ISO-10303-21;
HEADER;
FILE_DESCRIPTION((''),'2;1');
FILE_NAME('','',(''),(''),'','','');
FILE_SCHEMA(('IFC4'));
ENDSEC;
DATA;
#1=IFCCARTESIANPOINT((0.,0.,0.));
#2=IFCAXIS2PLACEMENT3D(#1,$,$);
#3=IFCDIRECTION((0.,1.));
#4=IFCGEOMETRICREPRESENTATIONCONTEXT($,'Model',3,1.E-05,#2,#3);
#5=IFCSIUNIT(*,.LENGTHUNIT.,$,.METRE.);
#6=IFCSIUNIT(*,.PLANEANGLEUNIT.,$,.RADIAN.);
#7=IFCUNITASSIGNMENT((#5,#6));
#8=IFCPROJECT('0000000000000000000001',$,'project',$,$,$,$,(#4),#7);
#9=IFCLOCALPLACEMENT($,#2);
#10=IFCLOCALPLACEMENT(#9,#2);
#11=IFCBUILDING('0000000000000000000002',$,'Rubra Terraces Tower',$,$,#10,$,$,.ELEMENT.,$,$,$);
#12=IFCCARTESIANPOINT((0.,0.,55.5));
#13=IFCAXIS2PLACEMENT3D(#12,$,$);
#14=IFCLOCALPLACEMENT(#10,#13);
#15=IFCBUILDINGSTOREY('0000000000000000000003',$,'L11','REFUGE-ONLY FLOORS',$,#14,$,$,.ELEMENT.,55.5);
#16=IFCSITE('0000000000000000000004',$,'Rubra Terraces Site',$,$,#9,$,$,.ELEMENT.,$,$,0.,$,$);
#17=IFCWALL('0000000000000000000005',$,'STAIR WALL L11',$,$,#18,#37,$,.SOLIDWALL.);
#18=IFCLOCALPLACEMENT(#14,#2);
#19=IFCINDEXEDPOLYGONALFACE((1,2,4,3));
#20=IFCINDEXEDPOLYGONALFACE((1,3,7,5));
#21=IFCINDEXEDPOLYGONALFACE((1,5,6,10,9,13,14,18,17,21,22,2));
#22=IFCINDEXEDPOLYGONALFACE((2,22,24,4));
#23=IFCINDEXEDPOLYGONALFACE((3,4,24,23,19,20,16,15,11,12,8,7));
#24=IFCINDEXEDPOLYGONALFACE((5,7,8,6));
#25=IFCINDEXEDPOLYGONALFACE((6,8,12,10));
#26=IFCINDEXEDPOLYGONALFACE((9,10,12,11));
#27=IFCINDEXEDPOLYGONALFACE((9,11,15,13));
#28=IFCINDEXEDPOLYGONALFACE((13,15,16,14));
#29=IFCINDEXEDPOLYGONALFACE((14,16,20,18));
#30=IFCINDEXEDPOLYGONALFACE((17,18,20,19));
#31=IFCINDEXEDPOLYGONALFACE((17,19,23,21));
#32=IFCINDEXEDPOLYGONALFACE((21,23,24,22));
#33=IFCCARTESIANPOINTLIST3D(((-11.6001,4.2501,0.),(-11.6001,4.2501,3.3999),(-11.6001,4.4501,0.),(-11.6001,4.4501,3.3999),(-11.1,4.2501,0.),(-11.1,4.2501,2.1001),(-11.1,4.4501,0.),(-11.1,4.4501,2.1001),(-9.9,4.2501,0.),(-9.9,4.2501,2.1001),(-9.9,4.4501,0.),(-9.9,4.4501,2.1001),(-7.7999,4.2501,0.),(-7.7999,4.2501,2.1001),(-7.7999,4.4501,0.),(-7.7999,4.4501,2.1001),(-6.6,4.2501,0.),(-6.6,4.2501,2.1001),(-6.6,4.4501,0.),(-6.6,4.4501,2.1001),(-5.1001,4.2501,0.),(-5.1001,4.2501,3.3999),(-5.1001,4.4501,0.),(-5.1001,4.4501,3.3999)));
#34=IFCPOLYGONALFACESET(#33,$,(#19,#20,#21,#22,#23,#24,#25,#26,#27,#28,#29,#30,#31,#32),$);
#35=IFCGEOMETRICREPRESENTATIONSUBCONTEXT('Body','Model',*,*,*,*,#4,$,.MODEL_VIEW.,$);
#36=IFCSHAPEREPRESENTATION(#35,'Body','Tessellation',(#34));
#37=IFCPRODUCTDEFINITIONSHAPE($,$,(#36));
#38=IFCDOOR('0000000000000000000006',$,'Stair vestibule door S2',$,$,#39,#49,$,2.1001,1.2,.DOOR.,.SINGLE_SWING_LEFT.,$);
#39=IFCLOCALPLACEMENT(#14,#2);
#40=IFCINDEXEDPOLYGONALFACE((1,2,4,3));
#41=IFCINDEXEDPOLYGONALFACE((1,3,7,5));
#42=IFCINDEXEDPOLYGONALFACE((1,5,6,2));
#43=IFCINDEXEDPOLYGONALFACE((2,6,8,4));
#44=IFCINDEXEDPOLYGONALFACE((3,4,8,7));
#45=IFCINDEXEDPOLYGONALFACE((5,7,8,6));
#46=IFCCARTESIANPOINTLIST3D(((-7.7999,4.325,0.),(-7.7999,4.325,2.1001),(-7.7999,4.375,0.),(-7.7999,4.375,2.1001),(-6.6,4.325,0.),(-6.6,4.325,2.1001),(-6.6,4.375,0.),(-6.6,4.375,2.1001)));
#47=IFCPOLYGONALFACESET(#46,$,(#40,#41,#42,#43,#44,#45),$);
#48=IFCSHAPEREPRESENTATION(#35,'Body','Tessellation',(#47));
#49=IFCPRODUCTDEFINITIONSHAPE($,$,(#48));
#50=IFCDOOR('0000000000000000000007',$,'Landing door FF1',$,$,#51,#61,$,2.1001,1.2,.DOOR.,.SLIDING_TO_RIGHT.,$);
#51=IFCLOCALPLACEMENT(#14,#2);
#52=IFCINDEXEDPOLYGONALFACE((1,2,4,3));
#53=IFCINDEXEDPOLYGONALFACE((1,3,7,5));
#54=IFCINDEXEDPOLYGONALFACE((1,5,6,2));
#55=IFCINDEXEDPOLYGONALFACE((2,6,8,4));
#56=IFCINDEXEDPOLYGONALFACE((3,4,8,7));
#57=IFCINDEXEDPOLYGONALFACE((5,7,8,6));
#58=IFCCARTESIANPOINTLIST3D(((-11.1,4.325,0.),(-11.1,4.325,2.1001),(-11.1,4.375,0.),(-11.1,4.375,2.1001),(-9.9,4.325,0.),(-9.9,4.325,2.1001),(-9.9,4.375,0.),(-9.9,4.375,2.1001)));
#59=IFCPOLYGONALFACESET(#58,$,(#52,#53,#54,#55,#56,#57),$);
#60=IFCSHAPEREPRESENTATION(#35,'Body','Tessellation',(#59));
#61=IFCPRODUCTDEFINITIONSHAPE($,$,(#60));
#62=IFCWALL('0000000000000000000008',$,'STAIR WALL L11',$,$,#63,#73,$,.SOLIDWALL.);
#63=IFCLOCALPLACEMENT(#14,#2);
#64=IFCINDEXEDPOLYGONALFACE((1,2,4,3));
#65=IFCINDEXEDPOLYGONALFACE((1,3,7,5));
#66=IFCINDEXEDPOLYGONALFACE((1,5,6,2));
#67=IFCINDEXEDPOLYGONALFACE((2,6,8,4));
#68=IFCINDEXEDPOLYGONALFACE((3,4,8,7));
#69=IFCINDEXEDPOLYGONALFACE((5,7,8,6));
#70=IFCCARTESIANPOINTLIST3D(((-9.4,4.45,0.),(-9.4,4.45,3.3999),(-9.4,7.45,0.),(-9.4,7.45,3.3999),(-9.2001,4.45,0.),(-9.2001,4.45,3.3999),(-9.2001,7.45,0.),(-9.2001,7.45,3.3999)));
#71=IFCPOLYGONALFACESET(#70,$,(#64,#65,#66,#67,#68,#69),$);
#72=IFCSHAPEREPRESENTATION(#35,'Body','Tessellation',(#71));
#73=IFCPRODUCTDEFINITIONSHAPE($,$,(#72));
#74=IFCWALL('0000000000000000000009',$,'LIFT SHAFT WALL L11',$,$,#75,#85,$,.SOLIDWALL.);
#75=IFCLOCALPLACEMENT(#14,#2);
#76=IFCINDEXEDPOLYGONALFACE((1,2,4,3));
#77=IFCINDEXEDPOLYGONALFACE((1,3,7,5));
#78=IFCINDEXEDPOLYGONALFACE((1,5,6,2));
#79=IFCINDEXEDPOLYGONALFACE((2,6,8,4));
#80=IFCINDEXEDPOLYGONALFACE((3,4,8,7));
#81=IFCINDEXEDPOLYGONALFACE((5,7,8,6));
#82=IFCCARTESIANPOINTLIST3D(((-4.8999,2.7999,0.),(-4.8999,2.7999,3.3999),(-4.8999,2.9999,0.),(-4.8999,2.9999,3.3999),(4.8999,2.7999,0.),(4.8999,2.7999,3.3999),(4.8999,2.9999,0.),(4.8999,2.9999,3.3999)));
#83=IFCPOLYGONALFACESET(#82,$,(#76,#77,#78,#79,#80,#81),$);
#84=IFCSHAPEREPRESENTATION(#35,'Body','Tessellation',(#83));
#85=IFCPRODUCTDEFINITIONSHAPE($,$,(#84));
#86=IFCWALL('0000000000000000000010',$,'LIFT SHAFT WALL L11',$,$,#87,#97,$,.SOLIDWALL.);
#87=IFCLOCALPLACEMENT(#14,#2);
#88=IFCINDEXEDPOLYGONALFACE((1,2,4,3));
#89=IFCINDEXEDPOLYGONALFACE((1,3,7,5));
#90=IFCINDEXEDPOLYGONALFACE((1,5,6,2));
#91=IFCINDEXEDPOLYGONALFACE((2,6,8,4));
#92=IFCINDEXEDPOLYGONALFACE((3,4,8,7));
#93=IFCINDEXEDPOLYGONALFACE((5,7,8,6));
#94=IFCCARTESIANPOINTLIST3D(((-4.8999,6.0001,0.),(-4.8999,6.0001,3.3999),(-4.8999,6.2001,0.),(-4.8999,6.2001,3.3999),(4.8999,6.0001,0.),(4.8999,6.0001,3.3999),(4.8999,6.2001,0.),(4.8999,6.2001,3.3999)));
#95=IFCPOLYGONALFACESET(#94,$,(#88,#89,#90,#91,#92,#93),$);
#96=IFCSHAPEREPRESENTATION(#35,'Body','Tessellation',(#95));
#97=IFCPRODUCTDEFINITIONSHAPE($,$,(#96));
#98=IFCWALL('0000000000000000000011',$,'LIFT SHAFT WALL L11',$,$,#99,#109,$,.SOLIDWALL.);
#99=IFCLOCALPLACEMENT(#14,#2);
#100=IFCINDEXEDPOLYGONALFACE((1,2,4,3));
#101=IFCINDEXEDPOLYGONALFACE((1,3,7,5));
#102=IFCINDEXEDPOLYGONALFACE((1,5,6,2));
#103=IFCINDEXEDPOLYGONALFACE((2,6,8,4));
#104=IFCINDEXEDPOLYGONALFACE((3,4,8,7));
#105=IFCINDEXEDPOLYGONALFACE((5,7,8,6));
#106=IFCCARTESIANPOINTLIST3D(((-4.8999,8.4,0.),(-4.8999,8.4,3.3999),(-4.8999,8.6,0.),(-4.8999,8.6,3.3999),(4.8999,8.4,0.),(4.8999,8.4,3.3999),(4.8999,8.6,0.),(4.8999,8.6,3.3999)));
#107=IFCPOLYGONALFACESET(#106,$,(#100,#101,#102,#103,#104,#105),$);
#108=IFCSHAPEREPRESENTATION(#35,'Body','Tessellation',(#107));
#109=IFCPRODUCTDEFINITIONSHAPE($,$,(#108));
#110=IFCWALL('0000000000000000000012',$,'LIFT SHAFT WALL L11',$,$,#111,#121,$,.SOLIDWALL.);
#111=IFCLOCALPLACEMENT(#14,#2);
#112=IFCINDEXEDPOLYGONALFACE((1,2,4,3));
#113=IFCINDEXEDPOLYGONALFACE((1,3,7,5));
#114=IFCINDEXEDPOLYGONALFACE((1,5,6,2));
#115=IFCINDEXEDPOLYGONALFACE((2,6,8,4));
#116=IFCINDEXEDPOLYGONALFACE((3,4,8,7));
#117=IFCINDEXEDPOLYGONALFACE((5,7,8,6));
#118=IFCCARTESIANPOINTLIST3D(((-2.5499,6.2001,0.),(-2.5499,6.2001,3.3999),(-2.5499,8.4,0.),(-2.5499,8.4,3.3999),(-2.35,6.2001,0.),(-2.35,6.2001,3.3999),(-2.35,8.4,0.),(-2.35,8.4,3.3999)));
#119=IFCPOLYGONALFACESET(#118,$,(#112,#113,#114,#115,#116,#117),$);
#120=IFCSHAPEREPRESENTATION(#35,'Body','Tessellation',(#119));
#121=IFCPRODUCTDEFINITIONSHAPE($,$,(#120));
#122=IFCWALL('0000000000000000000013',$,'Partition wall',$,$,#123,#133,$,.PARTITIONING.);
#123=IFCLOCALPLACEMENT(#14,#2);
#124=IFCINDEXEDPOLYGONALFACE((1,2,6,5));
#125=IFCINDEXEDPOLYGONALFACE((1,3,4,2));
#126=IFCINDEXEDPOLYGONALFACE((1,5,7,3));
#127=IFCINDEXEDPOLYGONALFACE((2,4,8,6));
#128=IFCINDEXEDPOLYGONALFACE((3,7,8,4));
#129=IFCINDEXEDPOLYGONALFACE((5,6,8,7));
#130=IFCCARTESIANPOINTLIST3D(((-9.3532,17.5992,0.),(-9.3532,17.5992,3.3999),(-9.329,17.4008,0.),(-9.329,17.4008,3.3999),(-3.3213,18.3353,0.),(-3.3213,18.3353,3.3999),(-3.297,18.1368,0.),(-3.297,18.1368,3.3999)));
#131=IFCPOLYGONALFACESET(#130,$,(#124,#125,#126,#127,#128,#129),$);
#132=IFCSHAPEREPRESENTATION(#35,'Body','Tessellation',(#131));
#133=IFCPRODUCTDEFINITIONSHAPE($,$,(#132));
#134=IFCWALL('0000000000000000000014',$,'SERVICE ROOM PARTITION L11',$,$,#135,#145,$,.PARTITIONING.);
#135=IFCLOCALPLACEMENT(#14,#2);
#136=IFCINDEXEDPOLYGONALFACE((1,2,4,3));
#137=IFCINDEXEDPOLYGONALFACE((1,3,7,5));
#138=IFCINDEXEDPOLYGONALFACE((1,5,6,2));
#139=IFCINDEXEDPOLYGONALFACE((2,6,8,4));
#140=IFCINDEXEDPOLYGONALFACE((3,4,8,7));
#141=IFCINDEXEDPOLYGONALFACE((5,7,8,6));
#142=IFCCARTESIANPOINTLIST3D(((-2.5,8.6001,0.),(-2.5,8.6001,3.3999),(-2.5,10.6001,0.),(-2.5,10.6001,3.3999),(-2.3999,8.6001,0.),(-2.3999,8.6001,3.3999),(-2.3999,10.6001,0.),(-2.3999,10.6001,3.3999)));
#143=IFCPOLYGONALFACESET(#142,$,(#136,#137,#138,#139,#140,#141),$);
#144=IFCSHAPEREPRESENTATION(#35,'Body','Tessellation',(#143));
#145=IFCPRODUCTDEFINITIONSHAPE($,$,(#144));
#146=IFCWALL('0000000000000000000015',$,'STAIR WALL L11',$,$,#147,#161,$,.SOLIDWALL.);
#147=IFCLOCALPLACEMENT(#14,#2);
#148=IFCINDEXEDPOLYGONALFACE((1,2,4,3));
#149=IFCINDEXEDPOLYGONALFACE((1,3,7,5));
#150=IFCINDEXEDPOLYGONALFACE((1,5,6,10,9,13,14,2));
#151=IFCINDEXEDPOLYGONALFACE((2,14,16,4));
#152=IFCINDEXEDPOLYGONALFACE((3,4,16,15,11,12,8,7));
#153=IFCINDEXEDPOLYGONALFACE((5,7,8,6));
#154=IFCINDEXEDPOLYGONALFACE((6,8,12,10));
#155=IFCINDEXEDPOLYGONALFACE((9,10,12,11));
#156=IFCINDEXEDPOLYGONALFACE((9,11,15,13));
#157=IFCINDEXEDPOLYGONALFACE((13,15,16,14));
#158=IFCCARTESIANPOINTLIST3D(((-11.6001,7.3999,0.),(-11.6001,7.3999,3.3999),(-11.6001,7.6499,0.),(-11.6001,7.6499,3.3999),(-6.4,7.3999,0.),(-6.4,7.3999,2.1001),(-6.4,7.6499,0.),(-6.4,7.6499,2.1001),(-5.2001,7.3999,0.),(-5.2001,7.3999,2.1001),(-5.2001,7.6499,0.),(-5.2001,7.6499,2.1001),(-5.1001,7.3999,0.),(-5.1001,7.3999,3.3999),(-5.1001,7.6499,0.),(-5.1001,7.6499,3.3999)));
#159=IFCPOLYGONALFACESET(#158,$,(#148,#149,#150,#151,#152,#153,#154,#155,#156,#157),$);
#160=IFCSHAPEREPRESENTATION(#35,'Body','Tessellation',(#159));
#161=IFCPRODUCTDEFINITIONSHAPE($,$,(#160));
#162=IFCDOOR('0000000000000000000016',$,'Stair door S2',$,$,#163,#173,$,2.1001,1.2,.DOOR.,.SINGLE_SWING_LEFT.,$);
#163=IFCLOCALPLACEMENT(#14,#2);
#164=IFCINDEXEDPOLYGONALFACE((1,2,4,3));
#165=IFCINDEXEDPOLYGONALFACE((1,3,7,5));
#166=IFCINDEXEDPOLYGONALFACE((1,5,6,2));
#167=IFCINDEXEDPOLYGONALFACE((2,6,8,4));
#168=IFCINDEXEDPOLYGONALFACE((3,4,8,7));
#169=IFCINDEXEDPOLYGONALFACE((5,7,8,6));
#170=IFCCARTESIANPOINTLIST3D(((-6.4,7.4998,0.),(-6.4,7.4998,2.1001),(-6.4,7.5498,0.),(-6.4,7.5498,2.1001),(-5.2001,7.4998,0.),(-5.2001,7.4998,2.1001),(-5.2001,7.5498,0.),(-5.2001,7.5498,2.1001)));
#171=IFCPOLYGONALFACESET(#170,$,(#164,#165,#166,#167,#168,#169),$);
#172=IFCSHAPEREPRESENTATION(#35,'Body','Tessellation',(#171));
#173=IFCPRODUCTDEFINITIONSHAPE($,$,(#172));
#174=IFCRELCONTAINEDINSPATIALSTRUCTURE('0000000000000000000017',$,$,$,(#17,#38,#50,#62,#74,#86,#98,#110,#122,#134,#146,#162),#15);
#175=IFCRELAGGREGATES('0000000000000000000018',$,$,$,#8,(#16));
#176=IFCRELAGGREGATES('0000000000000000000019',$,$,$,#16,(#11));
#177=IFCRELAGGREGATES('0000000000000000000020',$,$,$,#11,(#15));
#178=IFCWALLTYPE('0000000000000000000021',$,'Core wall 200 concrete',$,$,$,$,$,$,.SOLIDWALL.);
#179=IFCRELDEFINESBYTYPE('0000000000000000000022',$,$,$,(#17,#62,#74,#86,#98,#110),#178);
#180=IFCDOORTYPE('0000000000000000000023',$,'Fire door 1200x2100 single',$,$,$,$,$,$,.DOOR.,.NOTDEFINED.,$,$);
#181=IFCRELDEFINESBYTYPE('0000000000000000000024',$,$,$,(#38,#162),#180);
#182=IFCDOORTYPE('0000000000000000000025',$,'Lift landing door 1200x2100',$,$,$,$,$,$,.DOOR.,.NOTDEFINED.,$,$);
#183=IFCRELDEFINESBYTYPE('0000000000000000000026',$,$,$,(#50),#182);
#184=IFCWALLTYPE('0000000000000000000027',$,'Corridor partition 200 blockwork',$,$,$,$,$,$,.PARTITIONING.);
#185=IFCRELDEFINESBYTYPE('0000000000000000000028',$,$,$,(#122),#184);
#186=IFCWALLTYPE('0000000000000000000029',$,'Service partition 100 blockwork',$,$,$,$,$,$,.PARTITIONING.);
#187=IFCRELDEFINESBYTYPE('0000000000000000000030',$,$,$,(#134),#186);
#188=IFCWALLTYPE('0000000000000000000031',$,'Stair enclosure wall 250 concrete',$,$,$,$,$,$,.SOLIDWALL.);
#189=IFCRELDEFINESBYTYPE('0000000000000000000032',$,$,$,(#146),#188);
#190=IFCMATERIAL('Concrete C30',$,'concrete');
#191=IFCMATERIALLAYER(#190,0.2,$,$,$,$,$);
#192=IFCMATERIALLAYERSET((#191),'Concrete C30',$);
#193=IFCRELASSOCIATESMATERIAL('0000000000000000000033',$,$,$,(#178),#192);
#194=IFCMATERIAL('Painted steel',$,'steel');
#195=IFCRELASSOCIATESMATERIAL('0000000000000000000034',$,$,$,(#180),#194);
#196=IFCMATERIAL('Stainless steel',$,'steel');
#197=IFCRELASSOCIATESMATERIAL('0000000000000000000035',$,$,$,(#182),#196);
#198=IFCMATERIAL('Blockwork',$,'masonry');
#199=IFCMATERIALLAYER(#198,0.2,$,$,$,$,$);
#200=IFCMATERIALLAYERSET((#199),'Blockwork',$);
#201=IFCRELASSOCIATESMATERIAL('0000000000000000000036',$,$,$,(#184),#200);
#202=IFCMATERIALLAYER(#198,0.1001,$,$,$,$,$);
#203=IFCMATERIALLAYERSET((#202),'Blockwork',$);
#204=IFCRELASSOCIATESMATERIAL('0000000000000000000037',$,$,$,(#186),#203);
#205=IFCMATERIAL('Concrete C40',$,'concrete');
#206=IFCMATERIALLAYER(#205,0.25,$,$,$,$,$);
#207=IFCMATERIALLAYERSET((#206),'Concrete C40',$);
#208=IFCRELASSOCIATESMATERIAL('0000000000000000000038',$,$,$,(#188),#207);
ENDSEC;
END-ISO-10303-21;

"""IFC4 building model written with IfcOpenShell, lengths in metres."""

from ifc_helpers import new_model, si_unit, direction, frame, frame_2d, origin, place, context, subcontext, project, spatial, rectangle, extrude, material, layer, layer_set, type_object, element, fill, save


model = new_model("IFC4")

# Units and contexts
model_context = context("Model", 3, precision=1e-05, world=origin(), true_north=direction((0.0, 1.0)))
body_context = subcontext(model_context, "Body", "Model", "MODEL_VIEW")
ifc_project = project(units=[si_unit("LENGTHUNIT", "METRE"), si_unit("PLANEANGLEUNIT", "RADIAN")], contexts=[model_context])

# Site, building, storey
site_placement = place(None, origin())
site = spatial("IfcSite", under=ifc_project, at=site_placement, Name="Rubra Terraces Site", CompositionType="ELEMENT", RefElevation=0.0)
building_placement = place(site_placement, origin())
building = spatial("IfcBuilding", under=site, at=building_placement, Name="Rubra Terraces Tower", CompositionType="ELEMENT")
storey_placement = place(building_placement, frame((0.0, 0.0, 55.5)))
storey = spatial("IfcBuildingStorey", under=building, at=storey_placement, Name="L11", Description="REFUGE-ONLY FLOORS", CompositionType="ELEMENT", Elevation=55.5)

# Wall, openings, doors
ifc_material_1 = material(Name="Concrete C30", Category="concrete")
ifc_layer_1 = layer(ifc_material_1, 0.2)
ifc_layer_set_1 = layer_set([ifc_layer_1], Name="Concrete C30")
wall_type_1 = type_object("IfcWallType", Name="Core wall 200 concrete", PredefinedType="SOLIDWALL", material=ifc_layer_set_1)
wall_1_placement = place(storey_placement, frame((-11.6001, 4.3501, 0.0), z_axis=(0.0, 0.0, 1.0), x_axis=(1.0, 0.0, 0.0)))
wall_1 = element("IfcWall", 1, at=wall_1_placement, inside=storey, type_object=wall_type_1, Name="STAIR WALL L11", PredefinedType="SOLIDWALL", context=body_context, shape_type="SweptSolid", body=[
    extrude(rectangle(XDim=6.5, YDim=0.2, at=frame_2d((3.25, 0.0))), origin(), (0.0, 0.0, 1.0), 3.3999),
])
opening_1_placement = place(wall_1_placement, frame((3.8, 0.0, 0.0)))
opening_1 = element("IfcOpeningElement", 2, at=opening_1_placement, cuts=wall_1, PredefinedType="OPENING", context=body_context, shape_type="SweptSolid", body=[
    extrude(rectangle(XDim=1.2, YDim=2.1001, at=frame_2d((0.6001, 1.05))), frame((0.0, 0.1099, 0.0), z_axis=(0.0, -1.0, 0.0), x_axis=(1.0, 0.0, 0.0)), (0.0, 0.0, 1.0), 0.22),
])
opening_2_placement = place(wall_1_placement, frame((0.5, 0.0, 0.0)))
opening_2 = element("IfcOpeningElement", 3, at=opening_2_placement, cuts=wall_1, PredefinedType="OPENING", context=body_context, shape_type="SweptSolid", body=[
    extrude(rectangle(XDim=1.2, YDim=2.1001, at=frame_2d((0.6001, 1.05))), frame((0.0, 0.1099, 0.0), z_axis=(0.0, -1.0, 0.0), x_axis=(1.0, 0.0, 0.0)), (0.0, 0.0, 1.0), 0.22),
])
ifc_material_2 = material(Name="Painted steel", Category="steel")
door_type_1 = type_object("IfcDoorType", Name="Fire door 1200x2100 single", OperationType="NOTDEFINED", PredefinedType="DOOR", material=ifc_material_2)
door_1_placement = place(opening_1_placement, origin())
door_1 = element("IfcDoor", 4, at=door_1_placement, inside=storey, type_object=door_type_1, Name="Stair vestibule door S2", OperationType="SINGLE_SWING_LEFT", OverallHeight=2.1001, OverallWidth=1.2, PredefinedType="DOOR", context=body_context, shape_type="SweptSolid", body=[
    extrude(rectangle(XDim=1.2, YDim=2.1001, at=frame_2d((0.6001, 1.05))), frame((0.0, 0.0249, 0.0), z_axis=(0.0, -1.0, 0.0), x_axis=(1.0, 0.0, 0.0)), (0.0, 0.0, 1.0), 0.05),
])
fill(opening_1, door_1)
ifc_material_3 = material(Name="Stainless steel", Category="steel")
door_type_2 = type_object("IfcDoorType", Name="Lift landing door 1200x2100", OperationType="NOTDEFINED", PredefinedType="DOOR", material=ifc_material_3)
door_2_placement = place(opening_2_placement, origin())
door_2 = element("IfcDoor", 5, at=door_2_placement, inside=storey, type_object=door_type_2, Name="Landing door FF1", OperationType="SLIDING_TO_RIGHT", OverallHeight=2.1001, OverallWidth=1.2, PredefinedType="DOOR", context=body_context, shape_type="SweptSolid", body=[
    extrude(rectangle(XDim=1.2, YDim=2.1001, at=frame_2d((0.6001, 1.05))), frame((0.0, 0.0249, 0.0), z_axis=(0.0, -1.0, 0.0), x_axis=(1.0, 0.0, 0.0)), (0.0, 0.0, 1.0), 0.05),
])
fill(opening_2, door_2)

# Walls
wall_2_placement = place(storey_placement, frame((-9.3, 4.45, 0.0), z_axis=(0.0, 0.0, 1.0), x_axis=(0.0, 1.0, 0.0)))
element("IfcWall", 6, at=wall_2_placement, inside=storey, type_object=wall_type_1, Name="STAIR WALL L11", PredefinedType="SOLIDWALL", context=body_context, shape_type="SweptSolid", body=[
    extrude(rectangle(XDim=3.0, YDim=0.2, at=frame_2d((1.5, 0.0))), origin(), (0.0, 0.0, 1.0), 3.3999),
])
for number, where, z_axis, x_axis, name in (
    (7, (-4.8999, 2.8999, 0.0), (0.0, 0.0, 1.0), (1.0, 0.0, 0.0), "LIFT SHAFT WALL L11"),
    (8, (-4.8999, 6.1001, 0.0), (0.0, 0.0, 1.0), (1.0, 0.0, 0.0), "LIFT SHAFT WALL L11"),
    (9, (-4.8999, 8.5, 0.0), (0.0, 0.0, 1.0), (1.0, 0.0, 0.0), "LIFT SHAFT WALL L11"),
):
    element("IfcWall", number, at=place(storey_placement, frame(where, z_axis=z_axis, x_axis=x_axis)), inside=storey, type_object=wall_type_1, Name=name, PredefinedType="SOLIDWALL", context=body_context, shape_type="SweptSolid", body=[
        extrude(rectangle(XDim=9.7998, YDim=0.2, at=frame_2d((4.8999, 0.0))), origin(), (0.0, 0.0, 1.0), 3.3999),
    ])
wall_3_placement = place(storey_placement, frame((-2.45, 6.2, 0.0), z_axis=(0.0, 0.0, 1.0), x_axis=(0.0, 1.0, 0.0)))
element("IfcWall", 10, at=wall_3_placement, inside=storey, type_object=wall_type_1, Name="LIFT SHAFT WALL L11", PredefinedType="SOLIDWALL", context=body_context, shape_type="SweptSolid", body=[
    extrude(rectangle(XDim=2.2, YDim=0.2, at=frame_2d((1.1001, 0.0))), origin(), (0.0, 0.0, 1.0), 3.3999),
])
ifc_material_4 = material(Name="Blockwork", Category="masonry")
ifc_layer_2 = layer(ifc_material_4, 0.2)
ifc_layer_set_2 = layer_set([ifc_layer_2], Name="Blockwork")
wall_type_2 = type_object("IfcWallType", Name="Corridor partition 200 blockwork", PredefinedType="PARTITIONING", material=ifc_layer_set_2)
wall_4_placement = place(storey_placement, frame((-9.3411, 17.5, 0.0), z_axis=(0.0, 0.0, 1.0), x_axis=(0.992636, 0.121132, 0.0)))
element("IfcWall", 11, at=wall_4_placement, inside=storey, type_object=wall_type_2, Name="Partition wall", PredefinedType="PARTITIONING", context=body_context, shape_type="SweptSolid", body=[
    extrude(rectangle(XDim=6.0767, YDim=0.2, at=frame_2d((3.0383, 0.0))), origin(), (0.0, 0.0, 1.0), 3.3999),
])
ifc_layer_3 = layer(ifc_material_4, 0.1001)
ifc_layer_set_3 = layer_set([ifc_layer_3], Name="Blockwork")
wall_type_3 = type_object("IfcWallType", Name="Service partition 100 blockwork", PredefinedType="PARTITIONING", material=ifc_layer_set_3)
wall_5_placement = place(storey_placement, frame((-2.45, 8.6001, 0.0), z_axis=(0.0, 0.0, 1.0), x_axis=(0.0, 1.0, 0.0)))
element("IfcWall", 12, at=wall_5_placement, inside=storey, type_object=wall_type_3, Name="SERVICE ROOM PARTITION L11", PredefinedType="PARTITIONING", context=body_context, shape_type="SweptSolid", body=[
    extrude(rectangle(XDim=2.0, YDim=0.1001, at=frame_2d((1.0, 0.0))), origin(), (0.0, 0.0, 1.0), 3.3999),
])

# Wall, opening, door
ifc_material_5 = material(Name="Concrete C40", Category="concrete")
ifc_layer_4 = layer(ifc_material_5, 0.25)
ifc_layer_set_4 = layer_set([ifc_layer_4], Name="Concrete C40")
wall_type_4 = type_object("IfcWallType", Name="Stair enclosure wall 250 concrete", PredefinedType="SOLIDWALL", material=ifc_layer_set_4)
wall_6_placement = place(storey_placement, frame((-11.6001, 7.5249, 0.0), z_axis=(0.0, 0.0, 1.0), x_axis=(1.0, 0.0, 0.0)))
wall_6 = element("IfcWall", 13, at=wall_6_placement, inside=storey, type_object=wall_type_4, Name="STAIR WALL L11", PredefinedType="SOLIDWALL", context=body_context, shape_type="SweptSolid", body=[
    extrude(rectangle(XDim=6.5, YDim=0.25, at=frame_2d((3.25, 0.0))), origin(), (0.0, 0.0, 1.0), 3.3999),
])
opening_3_placement = place(wall_6_placement, frame((5.2, 0.0, 0.0)))
opening_3 = element("IfcOpeningElement", 14, at=opening_3_placement, cuts=wall_6, PredefinedType="OPENING", context=body_context, shape_type="SweptSolid", body=[
    extrude(rectangle(XDim=1.2, YDim=2.1001, at=frame_2d((0.6001, 1.05))), frame((0.0, 0.135, 0.0), z_axis=(0.0, -1.0, 0.0), x_axis=(1.0, 0.0, 0.0)), (0.0, 0.0, 1.0), 0.27),
])
door_3_placement = place(opening_3_placement, origin())
door_3 = element("IfcDoor", 15, at=door_3_placement, inside=storey, type_object=door_type_1, Name="Stair door S2", OperationType="SINGLE_SWING_LEFT", OverallHeight=2.1001, OverallWidth=1.2, PredefinedType="DOOR", context=body_context, shape_type="SweptSolid", body=[
    extrude(rectangle(XDim=1.2, YDim=2.1001, at=frame_2d((0.6001, 1.05))), frame((0.0, 0.0249, 0.0), z_axis=(0.0, -1.0, 0.0), x_axis=(1.0, 0.0, 0.0)), (0.0, 0.0, 1.0), 0.05),
])
fill(opening_3, door_3)

save(model, "model.ifc")
